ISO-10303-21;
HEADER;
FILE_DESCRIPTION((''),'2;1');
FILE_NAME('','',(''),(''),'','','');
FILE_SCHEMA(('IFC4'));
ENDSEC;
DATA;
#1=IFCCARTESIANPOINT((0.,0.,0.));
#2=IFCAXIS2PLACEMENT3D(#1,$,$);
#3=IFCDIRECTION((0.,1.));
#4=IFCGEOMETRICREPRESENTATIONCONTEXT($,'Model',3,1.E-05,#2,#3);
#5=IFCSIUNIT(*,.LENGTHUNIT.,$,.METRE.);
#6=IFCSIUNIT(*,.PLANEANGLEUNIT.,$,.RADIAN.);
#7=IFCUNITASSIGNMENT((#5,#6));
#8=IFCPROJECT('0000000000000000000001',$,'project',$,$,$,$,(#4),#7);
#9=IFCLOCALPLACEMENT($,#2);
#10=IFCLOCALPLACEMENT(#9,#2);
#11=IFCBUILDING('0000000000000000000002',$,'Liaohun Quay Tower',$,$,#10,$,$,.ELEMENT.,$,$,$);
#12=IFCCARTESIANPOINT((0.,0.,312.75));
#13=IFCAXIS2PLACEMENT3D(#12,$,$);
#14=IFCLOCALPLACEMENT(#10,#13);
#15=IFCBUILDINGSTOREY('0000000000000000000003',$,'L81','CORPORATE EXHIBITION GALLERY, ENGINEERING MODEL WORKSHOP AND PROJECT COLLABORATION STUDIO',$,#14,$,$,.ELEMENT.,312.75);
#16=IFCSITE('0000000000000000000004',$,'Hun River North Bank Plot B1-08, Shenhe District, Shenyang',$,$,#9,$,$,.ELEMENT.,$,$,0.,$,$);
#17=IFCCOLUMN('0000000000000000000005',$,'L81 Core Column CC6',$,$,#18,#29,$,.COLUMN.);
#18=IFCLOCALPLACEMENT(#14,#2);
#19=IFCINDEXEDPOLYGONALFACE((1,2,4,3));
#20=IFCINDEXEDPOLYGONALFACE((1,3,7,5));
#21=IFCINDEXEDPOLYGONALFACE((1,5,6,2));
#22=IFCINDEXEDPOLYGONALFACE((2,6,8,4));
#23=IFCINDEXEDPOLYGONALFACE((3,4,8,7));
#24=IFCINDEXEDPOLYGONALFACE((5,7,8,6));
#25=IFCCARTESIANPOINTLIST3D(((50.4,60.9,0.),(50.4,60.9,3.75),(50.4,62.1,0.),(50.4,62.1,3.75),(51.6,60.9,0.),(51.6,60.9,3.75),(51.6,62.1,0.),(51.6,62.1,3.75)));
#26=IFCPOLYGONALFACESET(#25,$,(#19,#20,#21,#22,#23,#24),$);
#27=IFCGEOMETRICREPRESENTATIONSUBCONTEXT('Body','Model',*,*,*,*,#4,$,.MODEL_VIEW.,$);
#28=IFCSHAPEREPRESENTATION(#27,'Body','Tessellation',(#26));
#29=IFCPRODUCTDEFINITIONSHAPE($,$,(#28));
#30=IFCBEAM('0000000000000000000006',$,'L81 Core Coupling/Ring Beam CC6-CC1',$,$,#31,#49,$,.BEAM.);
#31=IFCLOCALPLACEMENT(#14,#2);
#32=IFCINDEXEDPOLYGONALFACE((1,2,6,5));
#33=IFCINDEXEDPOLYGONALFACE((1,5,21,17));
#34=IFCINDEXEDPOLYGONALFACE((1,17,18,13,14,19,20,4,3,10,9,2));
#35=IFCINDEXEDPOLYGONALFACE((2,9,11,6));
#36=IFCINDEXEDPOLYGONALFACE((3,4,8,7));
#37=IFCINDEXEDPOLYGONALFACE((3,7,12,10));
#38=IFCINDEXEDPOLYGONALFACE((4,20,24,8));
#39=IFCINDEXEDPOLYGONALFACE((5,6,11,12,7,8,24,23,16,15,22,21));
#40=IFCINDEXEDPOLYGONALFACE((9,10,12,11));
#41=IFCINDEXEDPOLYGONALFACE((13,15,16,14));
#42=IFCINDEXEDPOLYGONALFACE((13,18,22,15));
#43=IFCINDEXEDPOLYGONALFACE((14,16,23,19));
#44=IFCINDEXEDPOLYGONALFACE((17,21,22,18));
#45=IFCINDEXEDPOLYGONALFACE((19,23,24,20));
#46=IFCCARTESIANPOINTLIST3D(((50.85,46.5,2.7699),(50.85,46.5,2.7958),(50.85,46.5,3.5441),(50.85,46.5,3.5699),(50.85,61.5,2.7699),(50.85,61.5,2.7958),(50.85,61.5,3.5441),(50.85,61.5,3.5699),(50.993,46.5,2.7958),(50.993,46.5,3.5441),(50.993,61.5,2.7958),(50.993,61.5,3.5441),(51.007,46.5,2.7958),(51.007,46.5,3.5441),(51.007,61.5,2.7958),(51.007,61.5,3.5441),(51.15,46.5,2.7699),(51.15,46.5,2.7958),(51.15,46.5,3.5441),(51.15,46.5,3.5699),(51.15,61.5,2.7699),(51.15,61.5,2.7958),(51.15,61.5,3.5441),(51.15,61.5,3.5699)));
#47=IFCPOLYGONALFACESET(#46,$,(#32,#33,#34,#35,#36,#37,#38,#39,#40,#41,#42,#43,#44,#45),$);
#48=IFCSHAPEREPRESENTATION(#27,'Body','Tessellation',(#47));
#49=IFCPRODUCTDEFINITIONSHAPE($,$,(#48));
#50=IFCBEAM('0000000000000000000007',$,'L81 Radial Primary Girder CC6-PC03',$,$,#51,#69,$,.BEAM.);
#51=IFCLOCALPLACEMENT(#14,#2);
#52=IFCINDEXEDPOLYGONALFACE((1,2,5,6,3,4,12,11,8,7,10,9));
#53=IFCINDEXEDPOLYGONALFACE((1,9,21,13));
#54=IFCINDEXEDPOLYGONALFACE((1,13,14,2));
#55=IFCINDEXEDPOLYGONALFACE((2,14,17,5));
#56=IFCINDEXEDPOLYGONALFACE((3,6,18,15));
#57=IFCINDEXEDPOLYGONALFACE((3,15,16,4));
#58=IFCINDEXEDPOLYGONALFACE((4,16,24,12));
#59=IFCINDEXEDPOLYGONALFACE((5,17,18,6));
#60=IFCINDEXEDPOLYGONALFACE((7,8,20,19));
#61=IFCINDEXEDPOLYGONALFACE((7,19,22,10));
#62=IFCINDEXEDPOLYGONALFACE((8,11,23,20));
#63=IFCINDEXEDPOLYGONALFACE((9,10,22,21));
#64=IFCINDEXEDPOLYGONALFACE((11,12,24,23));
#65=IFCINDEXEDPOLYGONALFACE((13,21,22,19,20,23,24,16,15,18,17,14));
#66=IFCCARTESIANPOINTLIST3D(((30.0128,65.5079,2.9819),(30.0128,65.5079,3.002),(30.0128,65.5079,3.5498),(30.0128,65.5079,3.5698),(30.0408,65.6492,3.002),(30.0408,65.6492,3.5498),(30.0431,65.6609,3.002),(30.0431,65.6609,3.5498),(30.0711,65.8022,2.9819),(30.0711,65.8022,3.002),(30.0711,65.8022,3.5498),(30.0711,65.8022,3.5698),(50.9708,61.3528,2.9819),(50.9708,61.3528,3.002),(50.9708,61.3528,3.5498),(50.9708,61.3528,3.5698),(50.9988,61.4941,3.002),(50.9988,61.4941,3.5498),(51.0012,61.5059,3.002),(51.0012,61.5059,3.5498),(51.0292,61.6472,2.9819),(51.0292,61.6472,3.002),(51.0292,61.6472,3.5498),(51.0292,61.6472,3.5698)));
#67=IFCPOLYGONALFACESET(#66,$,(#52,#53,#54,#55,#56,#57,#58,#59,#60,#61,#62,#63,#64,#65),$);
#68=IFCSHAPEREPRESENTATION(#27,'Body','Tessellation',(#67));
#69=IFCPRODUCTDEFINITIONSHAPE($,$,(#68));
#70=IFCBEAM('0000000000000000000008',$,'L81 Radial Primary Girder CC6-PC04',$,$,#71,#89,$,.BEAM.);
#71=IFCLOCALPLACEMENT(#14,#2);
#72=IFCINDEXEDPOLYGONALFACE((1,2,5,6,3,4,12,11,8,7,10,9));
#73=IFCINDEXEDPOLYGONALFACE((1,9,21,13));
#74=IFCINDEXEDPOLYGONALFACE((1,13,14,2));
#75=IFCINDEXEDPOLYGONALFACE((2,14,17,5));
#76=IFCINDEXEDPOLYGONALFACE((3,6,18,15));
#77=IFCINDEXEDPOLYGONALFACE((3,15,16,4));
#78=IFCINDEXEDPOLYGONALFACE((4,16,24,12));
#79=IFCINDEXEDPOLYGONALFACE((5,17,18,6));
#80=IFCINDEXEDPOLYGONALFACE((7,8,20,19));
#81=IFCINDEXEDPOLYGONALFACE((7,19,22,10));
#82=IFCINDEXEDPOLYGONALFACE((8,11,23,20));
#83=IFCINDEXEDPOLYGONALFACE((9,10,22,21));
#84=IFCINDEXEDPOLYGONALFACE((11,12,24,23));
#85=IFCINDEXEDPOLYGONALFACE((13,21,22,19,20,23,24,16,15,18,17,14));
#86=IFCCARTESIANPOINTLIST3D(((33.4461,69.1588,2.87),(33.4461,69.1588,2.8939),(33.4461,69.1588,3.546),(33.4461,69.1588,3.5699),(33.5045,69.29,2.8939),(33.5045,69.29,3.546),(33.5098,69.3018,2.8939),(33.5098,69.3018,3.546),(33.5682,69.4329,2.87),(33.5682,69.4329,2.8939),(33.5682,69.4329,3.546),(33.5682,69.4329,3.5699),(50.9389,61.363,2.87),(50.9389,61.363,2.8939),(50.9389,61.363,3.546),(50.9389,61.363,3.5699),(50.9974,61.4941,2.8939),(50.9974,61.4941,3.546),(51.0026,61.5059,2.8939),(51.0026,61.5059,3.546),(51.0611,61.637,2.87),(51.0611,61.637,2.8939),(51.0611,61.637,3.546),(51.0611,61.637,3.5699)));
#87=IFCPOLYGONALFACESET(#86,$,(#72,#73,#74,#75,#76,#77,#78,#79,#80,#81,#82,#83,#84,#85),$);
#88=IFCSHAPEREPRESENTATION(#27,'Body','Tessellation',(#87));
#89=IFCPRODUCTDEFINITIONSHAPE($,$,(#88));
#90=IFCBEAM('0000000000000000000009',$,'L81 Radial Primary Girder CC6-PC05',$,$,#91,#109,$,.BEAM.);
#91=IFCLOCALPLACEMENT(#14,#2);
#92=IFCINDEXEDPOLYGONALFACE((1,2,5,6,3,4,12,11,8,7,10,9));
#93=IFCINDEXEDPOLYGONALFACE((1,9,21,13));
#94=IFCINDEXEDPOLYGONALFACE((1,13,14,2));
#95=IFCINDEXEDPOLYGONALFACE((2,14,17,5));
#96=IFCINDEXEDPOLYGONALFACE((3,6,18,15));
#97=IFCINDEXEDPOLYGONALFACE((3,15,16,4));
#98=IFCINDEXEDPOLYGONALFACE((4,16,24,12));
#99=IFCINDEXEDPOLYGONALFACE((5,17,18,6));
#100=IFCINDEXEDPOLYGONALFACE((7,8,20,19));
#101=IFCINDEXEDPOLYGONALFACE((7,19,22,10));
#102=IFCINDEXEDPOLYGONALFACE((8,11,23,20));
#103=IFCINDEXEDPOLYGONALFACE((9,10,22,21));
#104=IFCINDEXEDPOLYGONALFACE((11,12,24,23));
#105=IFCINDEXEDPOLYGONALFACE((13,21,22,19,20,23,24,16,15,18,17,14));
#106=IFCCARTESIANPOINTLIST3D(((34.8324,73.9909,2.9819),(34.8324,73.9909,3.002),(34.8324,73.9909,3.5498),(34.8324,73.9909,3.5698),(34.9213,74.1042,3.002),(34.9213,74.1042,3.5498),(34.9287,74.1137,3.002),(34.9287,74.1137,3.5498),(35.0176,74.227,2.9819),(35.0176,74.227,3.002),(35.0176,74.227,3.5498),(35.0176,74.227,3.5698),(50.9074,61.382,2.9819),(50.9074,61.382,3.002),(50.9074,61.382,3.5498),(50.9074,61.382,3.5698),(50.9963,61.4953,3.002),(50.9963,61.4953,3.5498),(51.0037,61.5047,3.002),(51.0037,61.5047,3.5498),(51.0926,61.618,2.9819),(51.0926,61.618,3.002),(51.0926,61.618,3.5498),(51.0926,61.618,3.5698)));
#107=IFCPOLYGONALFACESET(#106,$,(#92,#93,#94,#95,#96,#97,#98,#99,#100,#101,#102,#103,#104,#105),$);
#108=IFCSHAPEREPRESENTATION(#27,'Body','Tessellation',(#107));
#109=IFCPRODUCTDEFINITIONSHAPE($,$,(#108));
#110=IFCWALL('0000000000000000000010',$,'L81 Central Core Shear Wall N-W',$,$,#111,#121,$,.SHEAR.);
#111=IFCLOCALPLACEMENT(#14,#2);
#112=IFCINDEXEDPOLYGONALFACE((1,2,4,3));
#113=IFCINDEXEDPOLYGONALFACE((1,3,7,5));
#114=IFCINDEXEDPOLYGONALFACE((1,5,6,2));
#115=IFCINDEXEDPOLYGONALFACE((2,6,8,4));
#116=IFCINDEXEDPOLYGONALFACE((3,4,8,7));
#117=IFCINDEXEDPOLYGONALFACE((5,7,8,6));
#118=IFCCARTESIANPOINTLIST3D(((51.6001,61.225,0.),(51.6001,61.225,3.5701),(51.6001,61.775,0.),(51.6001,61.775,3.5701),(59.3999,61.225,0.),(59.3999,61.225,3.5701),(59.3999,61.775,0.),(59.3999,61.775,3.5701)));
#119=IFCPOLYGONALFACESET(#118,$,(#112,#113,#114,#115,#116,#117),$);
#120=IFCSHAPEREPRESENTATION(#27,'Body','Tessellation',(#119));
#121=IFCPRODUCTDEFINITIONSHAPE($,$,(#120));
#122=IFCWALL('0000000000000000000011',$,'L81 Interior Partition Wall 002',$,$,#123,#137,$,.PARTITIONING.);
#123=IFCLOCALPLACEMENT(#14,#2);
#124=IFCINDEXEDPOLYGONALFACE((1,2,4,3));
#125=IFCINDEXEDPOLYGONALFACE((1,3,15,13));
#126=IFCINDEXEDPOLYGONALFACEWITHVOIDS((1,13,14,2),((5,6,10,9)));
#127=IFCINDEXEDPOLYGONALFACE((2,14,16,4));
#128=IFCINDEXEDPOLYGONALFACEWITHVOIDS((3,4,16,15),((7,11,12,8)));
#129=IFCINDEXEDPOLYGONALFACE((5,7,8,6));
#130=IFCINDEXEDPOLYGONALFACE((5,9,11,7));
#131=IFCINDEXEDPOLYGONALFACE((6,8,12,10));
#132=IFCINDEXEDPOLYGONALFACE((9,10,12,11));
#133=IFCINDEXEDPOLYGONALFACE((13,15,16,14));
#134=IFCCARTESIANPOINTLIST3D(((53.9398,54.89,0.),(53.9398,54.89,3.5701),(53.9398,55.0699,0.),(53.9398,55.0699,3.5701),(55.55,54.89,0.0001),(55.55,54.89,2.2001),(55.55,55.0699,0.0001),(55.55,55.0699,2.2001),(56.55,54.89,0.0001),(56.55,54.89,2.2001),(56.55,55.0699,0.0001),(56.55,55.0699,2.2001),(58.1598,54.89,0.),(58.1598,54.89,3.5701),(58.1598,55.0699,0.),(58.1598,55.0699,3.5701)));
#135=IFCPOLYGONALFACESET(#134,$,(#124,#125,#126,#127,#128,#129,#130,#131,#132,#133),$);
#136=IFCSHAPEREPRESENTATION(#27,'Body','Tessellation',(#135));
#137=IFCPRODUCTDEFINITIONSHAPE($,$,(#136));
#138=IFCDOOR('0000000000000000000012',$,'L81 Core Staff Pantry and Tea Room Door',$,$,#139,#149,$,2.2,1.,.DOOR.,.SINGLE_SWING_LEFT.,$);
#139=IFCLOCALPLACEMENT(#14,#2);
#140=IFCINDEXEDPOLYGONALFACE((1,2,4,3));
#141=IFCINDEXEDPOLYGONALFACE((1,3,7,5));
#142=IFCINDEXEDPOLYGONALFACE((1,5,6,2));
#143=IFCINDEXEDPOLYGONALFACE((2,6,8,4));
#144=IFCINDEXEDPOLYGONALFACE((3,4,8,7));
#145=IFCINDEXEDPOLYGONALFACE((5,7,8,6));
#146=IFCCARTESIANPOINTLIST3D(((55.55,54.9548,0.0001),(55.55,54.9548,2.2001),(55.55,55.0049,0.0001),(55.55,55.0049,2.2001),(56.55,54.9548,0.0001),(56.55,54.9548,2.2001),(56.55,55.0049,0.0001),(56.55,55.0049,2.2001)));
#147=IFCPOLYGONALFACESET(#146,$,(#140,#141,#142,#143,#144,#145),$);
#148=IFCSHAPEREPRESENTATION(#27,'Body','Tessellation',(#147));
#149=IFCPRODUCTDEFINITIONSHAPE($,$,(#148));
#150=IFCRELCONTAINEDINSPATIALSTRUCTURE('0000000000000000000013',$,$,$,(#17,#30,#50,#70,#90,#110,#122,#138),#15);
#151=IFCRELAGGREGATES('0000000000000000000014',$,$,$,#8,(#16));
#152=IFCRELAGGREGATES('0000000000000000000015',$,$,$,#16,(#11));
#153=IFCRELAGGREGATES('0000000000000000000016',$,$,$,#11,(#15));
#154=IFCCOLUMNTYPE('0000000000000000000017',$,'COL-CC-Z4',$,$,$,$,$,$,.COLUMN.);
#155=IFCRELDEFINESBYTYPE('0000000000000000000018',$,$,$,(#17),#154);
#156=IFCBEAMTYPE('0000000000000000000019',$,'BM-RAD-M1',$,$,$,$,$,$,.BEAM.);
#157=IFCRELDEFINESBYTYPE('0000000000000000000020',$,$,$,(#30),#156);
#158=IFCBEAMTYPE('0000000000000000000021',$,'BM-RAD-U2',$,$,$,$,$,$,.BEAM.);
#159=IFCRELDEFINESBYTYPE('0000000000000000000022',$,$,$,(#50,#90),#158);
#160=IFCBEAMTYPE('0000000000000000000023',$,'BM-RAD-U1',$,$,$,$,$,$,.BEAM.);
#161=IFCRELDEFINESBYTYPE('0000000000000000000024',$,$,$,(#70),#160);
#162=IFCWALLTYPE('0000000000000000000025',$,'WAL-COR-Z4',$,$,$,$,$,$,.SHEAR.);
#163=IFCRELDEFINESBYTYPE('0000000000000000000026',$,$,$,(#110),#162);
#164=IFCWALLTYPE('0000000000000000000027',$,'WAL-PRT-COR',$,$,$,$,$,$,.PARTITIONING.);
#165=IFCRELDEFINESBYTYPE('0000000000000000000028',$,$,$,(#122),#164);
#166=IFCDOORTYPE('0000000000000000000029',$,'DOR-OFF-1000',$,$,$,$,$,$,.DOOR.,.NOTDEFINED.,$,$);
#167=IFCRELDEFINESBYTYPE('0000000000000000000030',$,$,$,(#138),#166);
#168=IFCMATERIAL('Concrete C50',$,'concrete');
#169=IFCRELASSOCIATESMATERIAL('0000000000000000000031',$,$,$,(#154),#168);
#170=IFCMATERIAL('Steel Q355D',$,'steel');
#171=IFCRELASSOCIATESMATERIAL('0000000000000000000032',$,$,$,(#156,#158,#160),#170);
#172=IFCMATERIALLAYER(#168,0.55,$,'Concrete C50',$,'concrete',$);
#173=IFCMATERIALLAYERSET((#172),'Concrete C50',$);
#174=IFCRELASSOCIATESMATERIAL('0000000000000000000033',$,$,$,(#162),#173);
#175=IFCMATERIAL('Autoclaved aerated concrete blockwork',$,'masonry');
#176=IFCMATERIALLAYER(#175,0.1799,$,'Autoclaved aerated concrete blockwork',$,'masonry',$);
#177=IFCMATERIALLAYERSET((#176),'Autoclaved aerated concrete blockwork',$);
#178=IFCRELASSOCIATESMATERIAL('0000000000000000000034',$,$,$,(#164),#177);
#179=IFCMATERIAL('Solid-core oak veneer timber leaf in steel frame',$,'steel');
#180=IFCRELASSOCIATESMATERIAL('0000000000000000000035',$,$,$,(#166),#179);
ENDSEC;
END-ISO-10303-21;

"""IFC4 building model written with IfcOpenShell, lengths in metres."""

from ifc_helpers import new_model, si_unit, direction, frame, frame_2d, origin, origin_2d, place, context, subcontext, project, spatial, rectangle, i_section, extrude, source, transform, mapped, material, layer, layer_set, material_profile, profile_set, type_object, element, fill, save


model = new_model("IFC4")

# Units and contexts
model_context = context("Model", 3, precision=1e-05, world=origin(), true_north=direction((0.0, 1.0)))
body_context = subcontext(model_context, "Body", "Model", "MODEL_VIEW")
ifc_project = project(units=[si_unit("LENGTHUNIT", "METRE"), si_unit("PLANEANGLEUNIT", "RADIAN")], contexts=[model_context])

# Site, building, storey
site_placement = place(None, origin())
site = spatial("IfcSite", under=ifc_project, at=site_placement, Name="Hun River North Bank Plot B1-08, Shenhe District, Shenyang", CompositionType="ELEMENT", RefElevation=0.0)
building_placement = place(site_placement, origin())
building = spatial("IfcBuilding", under=site, at=building_placement, Name="Liaohun Quay Tower", CompositionType="ELEMENT")
storey_placement = place(building_placement, frame((0.0, 0.0, 312.75)))
storey = spatial("IfcBuildingStorey", under=building, at=storey_placement, Name="L81", Description="CORPORATE EXHIBITION GALLERY, ENGINEERING MODEL WORKSHOP AND PROJECT COLLABORATION STUDIO", CompositionType="ELEMENT", Elevation=312.75)

# Column
ifc_material_1 = material(Name="Concrete C50", Category="concrete")
ifc_material_profile_1 = material_profile(ifc_material_1, rectangle(XDim=1.2, YDim=1.2, at=origin_2d()), Name="RC1200x1200")
ifc_profile_set_1 = profile_set([ifc_material_profile_1], Name="Concrete C50")
column_type = type_object("IfcColumnType", Name="COL-CC-Z4", PredefinedType="COLUMN", material=ifc_profile_set_1)
shared_shape_1 = source(origin(), body_context, "Body", "SweptSolid", [
    extrude(rectangle(XDim=1.2, YDim=1.2, at=origin_2d()), origin(), (0.0, 0.0, 1.0), 3.75),
])
column_placement = place(storey_placement, frame((51.0, 61.5, 0.0), z_axis=(0.0, 0.0, 1.0), x_axis=(1.0, 0.0, 0.0)))
element("IfcColumn", 1, at=column_placement, inside=storey, type_object=column_type, Name="L81 Core Column CC6", PredefinedType="COLUMN", context=body_context, shape_type="MappedRepresentation", body=[
    mapped(shared_shape_1, transform((0.0, 0.0, 0.0), x_axis=(1.0, 0.0, 0.0), y_axis=(0.0, 1.0, 0.0), z_axis=(0.0, 0.0, 1.0), scale=1.0)),
])

# Beams
ifc_material_2 = material(Name="Steel Q355D", Category="steel")
ifc_material_profile_2 = material_profile(ifc_material_2, i_section(OverallWidth=0.3, OverallDepth=0.8, WebThickness=0.0139, FlangeThickness=0.0259, at=origin_2d()), Name="HN800x300x14x26")
ifc_profile_set_2 = profile_set([ifc_material_profile_2], Name="Steel Q355D")
beam_type_1 = type_object("IfcBeamType", Name="BM-RAD-M1", PredefinedType="BEAM", material=ifc_profile_set_2)
shared_shape_2 = source(origin(), body_context, "Body", "SweptSolid", [
    extrude(i_section(OverallWidth=0.3, OverallDepth=0.8, WebThickness=0.0139, FlangeThickness=0.0259, at=origin_2d()), origin(), (0.0, 0.0, 1.0), 15.0),
])
beam_1_placement = place(storey_placement, frame((51.0, 61.5, 3.1699), z_axis=(0.0, -1.0, 0.0), x_axis=(1.0, 0.0, 0.0)))
element("IfcBeam", 2, at=beam_1_placement, inside=storey, type_object=beam_type_1, Name="L81 Core Coupling/Ring Beam CC6-CC1", PredefinedType="BEAM", context=body_context, shape_type="MappedRepresentation", body=[
    mapped(shared_shape_2, transform((0.0, 0.0, 0.0), x_axis=(1.0, 0.0, 0.0), y_axis=(0.0, 1.0, 0.0), z_axis=(0.0, 0.0, 1.0), scale=1.0)),
])
ifc_material_profile_3 = material_profile(ifc_material_2, i_section(OverallWidth=0.3, OverallDepth=0.5879, WebThickness=0.012, FlangeThickness=0.02, at=origin_2d()), Name="HM588x300x12x20")
ifc_profile_set_3 = profile_set([ifc_material_profile_3], Name="Steel Q355D")
beam_type_2 = type_object("IfcBeamType", Name="BM-RAD-U2", PredefinedType="BEAM", material=ifc_profile_set_3)
shared_shape_3 = source(origin(), body_context, "Body", "SweptSolid", [
    extrude(i_section(OverallWidth=0.3, OverallDepth=0.5879, WebThickness=0.012, FlangeThickness=0.02, at=origin_2d()), origin(), (0.0, 0.0, 1.0), 21.366),
])
beam_2_placement = place(storey_placement, frame((51.0, 61.5, 3.2759), z_axis=(-0.980908, 0.19447, 0.0), x_axis=(-0.19447, -0.980908, 0.0)))
element("IfcBeam", 3, at=beam_2_placement, inside=storey, type_object=beam_type_2, Name="L81 Radial Primary Girder CC6-PC03", PredefinedType="BEAM", context=body_context, shape_type="MappedRepresentation", body=[
    mapped(shared_shape_3, transform((0.0, 0.0, 0.0), x_axis=(1.0, 0.0, 0.0), y_axis=(0.0, 1.0, 0.0), z_axis=(0.0, 0.0, 1.0), scale=1.0)),
])
ifc_material_profile_4 = material_profile(ifc_material_2, i_section(OverallWidth=0.3, OverallDepth=0.7, WebThickness=0.0129, FlangeThickness=0.0239, at=origin_2d()), Name="HN700x300x13x24")
ifc_profile_set_4 = profile_set([ifc_material_profile_4], Name="Steel Q355D")
beam_type_3 = type_object("IfcBeamType", Name="BM-RAD-U1", PredefinedType="BEAM", material=ifc_profile_set_4)
shared_shape_4 = source(origin(), body_context, "Body", "SweptSolid", [
    extrude(i_section(OverallWidth=0.3, OverallDepth=0.7, WebThickness=0.0129, FlangeThickness=0.0239, at=origin_2d()), origin(), (0.0, 0.0, 1.0), 19.1514),
])
beam_3_placement = place(storey_placement, frame((51.0, 61.5, 3.22), z_axis=(-0.913399, 0.407066, 0.0), x_axis=(-0.407066, -0.913399, 0.0)))
element("IfcBeam", 4, at=beam_3_placement, inside=storey, type_object=beam_type_3, Name="L81 Radial Primary Girder CC6-PC04", PredefinedType="BEAM", context=body_context, shape_type="MappedRepresentation", body=[
    mapped(shared_shape_4, transform((0.0, 0.0, 0.0), x_axis=(1.0, 0.0, 0.0), y_axis=(0.0, 1.0, 0.0), z_axis=(0.0, 0.0, 1.0), scale=1.0)),
])
shared_shape_5 = source(origin(), body_context, "Body", "SweptSolid", [
    extrude(i_section(OverallWidth=0.3, OverallDepth=0.5879, WebThickness=0.012, FlangeThickness=0.02, at=origin_2d()), origin(), (0.0, 0.0, 1.0), 20.4302),
])
beam_4_placement = place(storey_placement, frame((51.0, 61.5, 3.2759), z_axis=(-0.786828, 0.617173, 0.0), x_axis=(-0.617173, -0.786828, 0.0)))
element("IfcBeam", 5, at=beam_4_placement, inside=storey, type_object=beam_type_2, Name="L81 Radial Primary Girder CC6-PC05", PredefinedType="BEAM", context=body_context, shape_type="MappedRepresentation", body=[
    mapped(shared_shape_5, transform((0.0, 0.0, 0.0), x_axis=(1.0, 0.0, 0.0), y_axis=(0.0, 1.0, 0.0), z_axis=(0.0, 0.0, 1.0), scale=1.0)),
])

# Wall
ifc_layer_1 = layer(ifc_material_1, 0.55, Name="Concrete C50", Category="concrete")
ifc_layer_set_1 = layer_set([ifc_layer_1], Name="Concrete C50")
wall_type_1 = type_object("IfcWallType", Name="WAL-COR-Z4", PredefinedType="SHEAR", material=ifc_layer_set_1)
wall_1_placement = place(storey_placement, frame((51.6001, 61.5, 0.0), z_axis=(0.0, 0.0, 1.0), x_axis=(1.0, 0.0, 0.0)))
element("IfcWall", 6, at=wall_1_placement, inside=storey, type_object=wall_type_1, Name="L81 Central Core Shear Wall N-W", PredefinedType="SHEAR", context=body_context, shape_type="SweptSolid", body=[
    extrude(rectangle(XDim=7.7998, YDim=0.55, at=frame_2d((3.8999, 0.0))), origin(), (0.0, 0.0, 1.0), 3.5701),
])

# Wall, opening, door
ifc_material_3 = material(Name="Autoclaved aerated concrete blockwork", Category="masonry")
ifc_layer_2 = layer(ifc_material_3, 0.1799, Name="Autoclaved aerated concrete blockwork", Category="masonry")
ifc_layer_set_2 = layer_set([ifc_layer_2], Name="Autoclaved aerated concrete blockwork")
wall_type_2 = type_object("IfcWallType", Name="WAL-PRT-COR", PredefinedType="PARTITIONING", material=ifc_layer_set_2)
wall_2_placement = place(storey_placement, frame((53.9399, 54.98, 0.0), z_axis=(0.0, 0.0, 1.0), x_axis=(1.0, 0.0, 0.0)))
wall_2 = element("IfcWall", 7, at=wall_2_placement, inside=storey, type_object=wall_type_2, Name="L81 Interior Partition Wall 002", PredefinedType="PARTITIONING", context=body_context, shape_type="SweptSolid", body=[
    extrude(rectangle(XDim=4.22, YDim=0.1799, at=frame_2d((2.1099, 0.0))), origin(), (0.0, 0.0, 1.0), 3.5701),
])
shared_shape_6 = source(origin(), body_context, "Body", "SweptSolid", [
    extrude(rectangle(XDim=1.0, YDim=2.2, at=frame_2d((0.5, 1.1001))), frame((0.0, 0.0999, 0.0), z_axis=(0.0, -1.0, 0.0), x_axis=(1.0, 0.0, 0.0)), (0.0, 0.0, 1.0), 0.2),
])
opening_1_placement = place(wall_2_placement, frame((1.6101, 0.0, 0.0)))
opening_1 = element("IfcOpeningElement", 8, at=opening_1_placement, cuts=wall_2, PredefinedType="OPENING", context=body_context, shape_type="MappedRepresentation", body=[
    mapped(shared_shape_6, transform((0.0, 0.0, 0.0), x_axis=(1.0, 0.0, 0.0), y_axis=(0.0, 1.0, 0.0), z_axis=(0.0, 0.0, 1.0), scale=1.0)),
])
ifc_material_4 = material(Name="Solid-core oak veneer timber leaf in steel frame", Category="steel")
door_type_1 = type_object("IfcDoorType", Name="DOR-OFF-1000", OperationType="NOTDEFINED", PredefinedType="DOOR", material=ifc_material_4)
shared_shape_7 = source(origin(), body_context, "Body", "SweptSolid", [
    extrude(rectangle(XDim=1.0, YDim=2.2, at=frame_2d((0.5, 1.1001))), frame((0.0, 0.0249, 0.0), z_axis=(0.0, -1.0, 0.0), x_axis=(1.0, 0.0, 0.0)), (0.0, 0.0, 1.0), 0.05),
])
door_1_placement = place(opening_1_placement, origin())
door_1 = element("IfcDoor", 9, at=door_1_placement, inside=storey, type_object=door_type_1, Name="L81 Core Staff Pantry and Tea Room Door", OperationType="SINGLE_SWING_LEFT", OverallHeight=2.2, OverallWidth=1.0, PredefinedType="DOOR", context=body_context, shape_type="MappedRepresentation", body=[
    mapped(shared_shape_7, transform((0.0, 0.0, 0.0), x_axis=(1.0, 0.0, 0.0), y_axis=(0.0, 1.0, 0.0), z_axis=(0.0, 0.0, 1.0), scale=1.0)),
])
fill(opening_1, door_1)

save(model, "model.ifc")
